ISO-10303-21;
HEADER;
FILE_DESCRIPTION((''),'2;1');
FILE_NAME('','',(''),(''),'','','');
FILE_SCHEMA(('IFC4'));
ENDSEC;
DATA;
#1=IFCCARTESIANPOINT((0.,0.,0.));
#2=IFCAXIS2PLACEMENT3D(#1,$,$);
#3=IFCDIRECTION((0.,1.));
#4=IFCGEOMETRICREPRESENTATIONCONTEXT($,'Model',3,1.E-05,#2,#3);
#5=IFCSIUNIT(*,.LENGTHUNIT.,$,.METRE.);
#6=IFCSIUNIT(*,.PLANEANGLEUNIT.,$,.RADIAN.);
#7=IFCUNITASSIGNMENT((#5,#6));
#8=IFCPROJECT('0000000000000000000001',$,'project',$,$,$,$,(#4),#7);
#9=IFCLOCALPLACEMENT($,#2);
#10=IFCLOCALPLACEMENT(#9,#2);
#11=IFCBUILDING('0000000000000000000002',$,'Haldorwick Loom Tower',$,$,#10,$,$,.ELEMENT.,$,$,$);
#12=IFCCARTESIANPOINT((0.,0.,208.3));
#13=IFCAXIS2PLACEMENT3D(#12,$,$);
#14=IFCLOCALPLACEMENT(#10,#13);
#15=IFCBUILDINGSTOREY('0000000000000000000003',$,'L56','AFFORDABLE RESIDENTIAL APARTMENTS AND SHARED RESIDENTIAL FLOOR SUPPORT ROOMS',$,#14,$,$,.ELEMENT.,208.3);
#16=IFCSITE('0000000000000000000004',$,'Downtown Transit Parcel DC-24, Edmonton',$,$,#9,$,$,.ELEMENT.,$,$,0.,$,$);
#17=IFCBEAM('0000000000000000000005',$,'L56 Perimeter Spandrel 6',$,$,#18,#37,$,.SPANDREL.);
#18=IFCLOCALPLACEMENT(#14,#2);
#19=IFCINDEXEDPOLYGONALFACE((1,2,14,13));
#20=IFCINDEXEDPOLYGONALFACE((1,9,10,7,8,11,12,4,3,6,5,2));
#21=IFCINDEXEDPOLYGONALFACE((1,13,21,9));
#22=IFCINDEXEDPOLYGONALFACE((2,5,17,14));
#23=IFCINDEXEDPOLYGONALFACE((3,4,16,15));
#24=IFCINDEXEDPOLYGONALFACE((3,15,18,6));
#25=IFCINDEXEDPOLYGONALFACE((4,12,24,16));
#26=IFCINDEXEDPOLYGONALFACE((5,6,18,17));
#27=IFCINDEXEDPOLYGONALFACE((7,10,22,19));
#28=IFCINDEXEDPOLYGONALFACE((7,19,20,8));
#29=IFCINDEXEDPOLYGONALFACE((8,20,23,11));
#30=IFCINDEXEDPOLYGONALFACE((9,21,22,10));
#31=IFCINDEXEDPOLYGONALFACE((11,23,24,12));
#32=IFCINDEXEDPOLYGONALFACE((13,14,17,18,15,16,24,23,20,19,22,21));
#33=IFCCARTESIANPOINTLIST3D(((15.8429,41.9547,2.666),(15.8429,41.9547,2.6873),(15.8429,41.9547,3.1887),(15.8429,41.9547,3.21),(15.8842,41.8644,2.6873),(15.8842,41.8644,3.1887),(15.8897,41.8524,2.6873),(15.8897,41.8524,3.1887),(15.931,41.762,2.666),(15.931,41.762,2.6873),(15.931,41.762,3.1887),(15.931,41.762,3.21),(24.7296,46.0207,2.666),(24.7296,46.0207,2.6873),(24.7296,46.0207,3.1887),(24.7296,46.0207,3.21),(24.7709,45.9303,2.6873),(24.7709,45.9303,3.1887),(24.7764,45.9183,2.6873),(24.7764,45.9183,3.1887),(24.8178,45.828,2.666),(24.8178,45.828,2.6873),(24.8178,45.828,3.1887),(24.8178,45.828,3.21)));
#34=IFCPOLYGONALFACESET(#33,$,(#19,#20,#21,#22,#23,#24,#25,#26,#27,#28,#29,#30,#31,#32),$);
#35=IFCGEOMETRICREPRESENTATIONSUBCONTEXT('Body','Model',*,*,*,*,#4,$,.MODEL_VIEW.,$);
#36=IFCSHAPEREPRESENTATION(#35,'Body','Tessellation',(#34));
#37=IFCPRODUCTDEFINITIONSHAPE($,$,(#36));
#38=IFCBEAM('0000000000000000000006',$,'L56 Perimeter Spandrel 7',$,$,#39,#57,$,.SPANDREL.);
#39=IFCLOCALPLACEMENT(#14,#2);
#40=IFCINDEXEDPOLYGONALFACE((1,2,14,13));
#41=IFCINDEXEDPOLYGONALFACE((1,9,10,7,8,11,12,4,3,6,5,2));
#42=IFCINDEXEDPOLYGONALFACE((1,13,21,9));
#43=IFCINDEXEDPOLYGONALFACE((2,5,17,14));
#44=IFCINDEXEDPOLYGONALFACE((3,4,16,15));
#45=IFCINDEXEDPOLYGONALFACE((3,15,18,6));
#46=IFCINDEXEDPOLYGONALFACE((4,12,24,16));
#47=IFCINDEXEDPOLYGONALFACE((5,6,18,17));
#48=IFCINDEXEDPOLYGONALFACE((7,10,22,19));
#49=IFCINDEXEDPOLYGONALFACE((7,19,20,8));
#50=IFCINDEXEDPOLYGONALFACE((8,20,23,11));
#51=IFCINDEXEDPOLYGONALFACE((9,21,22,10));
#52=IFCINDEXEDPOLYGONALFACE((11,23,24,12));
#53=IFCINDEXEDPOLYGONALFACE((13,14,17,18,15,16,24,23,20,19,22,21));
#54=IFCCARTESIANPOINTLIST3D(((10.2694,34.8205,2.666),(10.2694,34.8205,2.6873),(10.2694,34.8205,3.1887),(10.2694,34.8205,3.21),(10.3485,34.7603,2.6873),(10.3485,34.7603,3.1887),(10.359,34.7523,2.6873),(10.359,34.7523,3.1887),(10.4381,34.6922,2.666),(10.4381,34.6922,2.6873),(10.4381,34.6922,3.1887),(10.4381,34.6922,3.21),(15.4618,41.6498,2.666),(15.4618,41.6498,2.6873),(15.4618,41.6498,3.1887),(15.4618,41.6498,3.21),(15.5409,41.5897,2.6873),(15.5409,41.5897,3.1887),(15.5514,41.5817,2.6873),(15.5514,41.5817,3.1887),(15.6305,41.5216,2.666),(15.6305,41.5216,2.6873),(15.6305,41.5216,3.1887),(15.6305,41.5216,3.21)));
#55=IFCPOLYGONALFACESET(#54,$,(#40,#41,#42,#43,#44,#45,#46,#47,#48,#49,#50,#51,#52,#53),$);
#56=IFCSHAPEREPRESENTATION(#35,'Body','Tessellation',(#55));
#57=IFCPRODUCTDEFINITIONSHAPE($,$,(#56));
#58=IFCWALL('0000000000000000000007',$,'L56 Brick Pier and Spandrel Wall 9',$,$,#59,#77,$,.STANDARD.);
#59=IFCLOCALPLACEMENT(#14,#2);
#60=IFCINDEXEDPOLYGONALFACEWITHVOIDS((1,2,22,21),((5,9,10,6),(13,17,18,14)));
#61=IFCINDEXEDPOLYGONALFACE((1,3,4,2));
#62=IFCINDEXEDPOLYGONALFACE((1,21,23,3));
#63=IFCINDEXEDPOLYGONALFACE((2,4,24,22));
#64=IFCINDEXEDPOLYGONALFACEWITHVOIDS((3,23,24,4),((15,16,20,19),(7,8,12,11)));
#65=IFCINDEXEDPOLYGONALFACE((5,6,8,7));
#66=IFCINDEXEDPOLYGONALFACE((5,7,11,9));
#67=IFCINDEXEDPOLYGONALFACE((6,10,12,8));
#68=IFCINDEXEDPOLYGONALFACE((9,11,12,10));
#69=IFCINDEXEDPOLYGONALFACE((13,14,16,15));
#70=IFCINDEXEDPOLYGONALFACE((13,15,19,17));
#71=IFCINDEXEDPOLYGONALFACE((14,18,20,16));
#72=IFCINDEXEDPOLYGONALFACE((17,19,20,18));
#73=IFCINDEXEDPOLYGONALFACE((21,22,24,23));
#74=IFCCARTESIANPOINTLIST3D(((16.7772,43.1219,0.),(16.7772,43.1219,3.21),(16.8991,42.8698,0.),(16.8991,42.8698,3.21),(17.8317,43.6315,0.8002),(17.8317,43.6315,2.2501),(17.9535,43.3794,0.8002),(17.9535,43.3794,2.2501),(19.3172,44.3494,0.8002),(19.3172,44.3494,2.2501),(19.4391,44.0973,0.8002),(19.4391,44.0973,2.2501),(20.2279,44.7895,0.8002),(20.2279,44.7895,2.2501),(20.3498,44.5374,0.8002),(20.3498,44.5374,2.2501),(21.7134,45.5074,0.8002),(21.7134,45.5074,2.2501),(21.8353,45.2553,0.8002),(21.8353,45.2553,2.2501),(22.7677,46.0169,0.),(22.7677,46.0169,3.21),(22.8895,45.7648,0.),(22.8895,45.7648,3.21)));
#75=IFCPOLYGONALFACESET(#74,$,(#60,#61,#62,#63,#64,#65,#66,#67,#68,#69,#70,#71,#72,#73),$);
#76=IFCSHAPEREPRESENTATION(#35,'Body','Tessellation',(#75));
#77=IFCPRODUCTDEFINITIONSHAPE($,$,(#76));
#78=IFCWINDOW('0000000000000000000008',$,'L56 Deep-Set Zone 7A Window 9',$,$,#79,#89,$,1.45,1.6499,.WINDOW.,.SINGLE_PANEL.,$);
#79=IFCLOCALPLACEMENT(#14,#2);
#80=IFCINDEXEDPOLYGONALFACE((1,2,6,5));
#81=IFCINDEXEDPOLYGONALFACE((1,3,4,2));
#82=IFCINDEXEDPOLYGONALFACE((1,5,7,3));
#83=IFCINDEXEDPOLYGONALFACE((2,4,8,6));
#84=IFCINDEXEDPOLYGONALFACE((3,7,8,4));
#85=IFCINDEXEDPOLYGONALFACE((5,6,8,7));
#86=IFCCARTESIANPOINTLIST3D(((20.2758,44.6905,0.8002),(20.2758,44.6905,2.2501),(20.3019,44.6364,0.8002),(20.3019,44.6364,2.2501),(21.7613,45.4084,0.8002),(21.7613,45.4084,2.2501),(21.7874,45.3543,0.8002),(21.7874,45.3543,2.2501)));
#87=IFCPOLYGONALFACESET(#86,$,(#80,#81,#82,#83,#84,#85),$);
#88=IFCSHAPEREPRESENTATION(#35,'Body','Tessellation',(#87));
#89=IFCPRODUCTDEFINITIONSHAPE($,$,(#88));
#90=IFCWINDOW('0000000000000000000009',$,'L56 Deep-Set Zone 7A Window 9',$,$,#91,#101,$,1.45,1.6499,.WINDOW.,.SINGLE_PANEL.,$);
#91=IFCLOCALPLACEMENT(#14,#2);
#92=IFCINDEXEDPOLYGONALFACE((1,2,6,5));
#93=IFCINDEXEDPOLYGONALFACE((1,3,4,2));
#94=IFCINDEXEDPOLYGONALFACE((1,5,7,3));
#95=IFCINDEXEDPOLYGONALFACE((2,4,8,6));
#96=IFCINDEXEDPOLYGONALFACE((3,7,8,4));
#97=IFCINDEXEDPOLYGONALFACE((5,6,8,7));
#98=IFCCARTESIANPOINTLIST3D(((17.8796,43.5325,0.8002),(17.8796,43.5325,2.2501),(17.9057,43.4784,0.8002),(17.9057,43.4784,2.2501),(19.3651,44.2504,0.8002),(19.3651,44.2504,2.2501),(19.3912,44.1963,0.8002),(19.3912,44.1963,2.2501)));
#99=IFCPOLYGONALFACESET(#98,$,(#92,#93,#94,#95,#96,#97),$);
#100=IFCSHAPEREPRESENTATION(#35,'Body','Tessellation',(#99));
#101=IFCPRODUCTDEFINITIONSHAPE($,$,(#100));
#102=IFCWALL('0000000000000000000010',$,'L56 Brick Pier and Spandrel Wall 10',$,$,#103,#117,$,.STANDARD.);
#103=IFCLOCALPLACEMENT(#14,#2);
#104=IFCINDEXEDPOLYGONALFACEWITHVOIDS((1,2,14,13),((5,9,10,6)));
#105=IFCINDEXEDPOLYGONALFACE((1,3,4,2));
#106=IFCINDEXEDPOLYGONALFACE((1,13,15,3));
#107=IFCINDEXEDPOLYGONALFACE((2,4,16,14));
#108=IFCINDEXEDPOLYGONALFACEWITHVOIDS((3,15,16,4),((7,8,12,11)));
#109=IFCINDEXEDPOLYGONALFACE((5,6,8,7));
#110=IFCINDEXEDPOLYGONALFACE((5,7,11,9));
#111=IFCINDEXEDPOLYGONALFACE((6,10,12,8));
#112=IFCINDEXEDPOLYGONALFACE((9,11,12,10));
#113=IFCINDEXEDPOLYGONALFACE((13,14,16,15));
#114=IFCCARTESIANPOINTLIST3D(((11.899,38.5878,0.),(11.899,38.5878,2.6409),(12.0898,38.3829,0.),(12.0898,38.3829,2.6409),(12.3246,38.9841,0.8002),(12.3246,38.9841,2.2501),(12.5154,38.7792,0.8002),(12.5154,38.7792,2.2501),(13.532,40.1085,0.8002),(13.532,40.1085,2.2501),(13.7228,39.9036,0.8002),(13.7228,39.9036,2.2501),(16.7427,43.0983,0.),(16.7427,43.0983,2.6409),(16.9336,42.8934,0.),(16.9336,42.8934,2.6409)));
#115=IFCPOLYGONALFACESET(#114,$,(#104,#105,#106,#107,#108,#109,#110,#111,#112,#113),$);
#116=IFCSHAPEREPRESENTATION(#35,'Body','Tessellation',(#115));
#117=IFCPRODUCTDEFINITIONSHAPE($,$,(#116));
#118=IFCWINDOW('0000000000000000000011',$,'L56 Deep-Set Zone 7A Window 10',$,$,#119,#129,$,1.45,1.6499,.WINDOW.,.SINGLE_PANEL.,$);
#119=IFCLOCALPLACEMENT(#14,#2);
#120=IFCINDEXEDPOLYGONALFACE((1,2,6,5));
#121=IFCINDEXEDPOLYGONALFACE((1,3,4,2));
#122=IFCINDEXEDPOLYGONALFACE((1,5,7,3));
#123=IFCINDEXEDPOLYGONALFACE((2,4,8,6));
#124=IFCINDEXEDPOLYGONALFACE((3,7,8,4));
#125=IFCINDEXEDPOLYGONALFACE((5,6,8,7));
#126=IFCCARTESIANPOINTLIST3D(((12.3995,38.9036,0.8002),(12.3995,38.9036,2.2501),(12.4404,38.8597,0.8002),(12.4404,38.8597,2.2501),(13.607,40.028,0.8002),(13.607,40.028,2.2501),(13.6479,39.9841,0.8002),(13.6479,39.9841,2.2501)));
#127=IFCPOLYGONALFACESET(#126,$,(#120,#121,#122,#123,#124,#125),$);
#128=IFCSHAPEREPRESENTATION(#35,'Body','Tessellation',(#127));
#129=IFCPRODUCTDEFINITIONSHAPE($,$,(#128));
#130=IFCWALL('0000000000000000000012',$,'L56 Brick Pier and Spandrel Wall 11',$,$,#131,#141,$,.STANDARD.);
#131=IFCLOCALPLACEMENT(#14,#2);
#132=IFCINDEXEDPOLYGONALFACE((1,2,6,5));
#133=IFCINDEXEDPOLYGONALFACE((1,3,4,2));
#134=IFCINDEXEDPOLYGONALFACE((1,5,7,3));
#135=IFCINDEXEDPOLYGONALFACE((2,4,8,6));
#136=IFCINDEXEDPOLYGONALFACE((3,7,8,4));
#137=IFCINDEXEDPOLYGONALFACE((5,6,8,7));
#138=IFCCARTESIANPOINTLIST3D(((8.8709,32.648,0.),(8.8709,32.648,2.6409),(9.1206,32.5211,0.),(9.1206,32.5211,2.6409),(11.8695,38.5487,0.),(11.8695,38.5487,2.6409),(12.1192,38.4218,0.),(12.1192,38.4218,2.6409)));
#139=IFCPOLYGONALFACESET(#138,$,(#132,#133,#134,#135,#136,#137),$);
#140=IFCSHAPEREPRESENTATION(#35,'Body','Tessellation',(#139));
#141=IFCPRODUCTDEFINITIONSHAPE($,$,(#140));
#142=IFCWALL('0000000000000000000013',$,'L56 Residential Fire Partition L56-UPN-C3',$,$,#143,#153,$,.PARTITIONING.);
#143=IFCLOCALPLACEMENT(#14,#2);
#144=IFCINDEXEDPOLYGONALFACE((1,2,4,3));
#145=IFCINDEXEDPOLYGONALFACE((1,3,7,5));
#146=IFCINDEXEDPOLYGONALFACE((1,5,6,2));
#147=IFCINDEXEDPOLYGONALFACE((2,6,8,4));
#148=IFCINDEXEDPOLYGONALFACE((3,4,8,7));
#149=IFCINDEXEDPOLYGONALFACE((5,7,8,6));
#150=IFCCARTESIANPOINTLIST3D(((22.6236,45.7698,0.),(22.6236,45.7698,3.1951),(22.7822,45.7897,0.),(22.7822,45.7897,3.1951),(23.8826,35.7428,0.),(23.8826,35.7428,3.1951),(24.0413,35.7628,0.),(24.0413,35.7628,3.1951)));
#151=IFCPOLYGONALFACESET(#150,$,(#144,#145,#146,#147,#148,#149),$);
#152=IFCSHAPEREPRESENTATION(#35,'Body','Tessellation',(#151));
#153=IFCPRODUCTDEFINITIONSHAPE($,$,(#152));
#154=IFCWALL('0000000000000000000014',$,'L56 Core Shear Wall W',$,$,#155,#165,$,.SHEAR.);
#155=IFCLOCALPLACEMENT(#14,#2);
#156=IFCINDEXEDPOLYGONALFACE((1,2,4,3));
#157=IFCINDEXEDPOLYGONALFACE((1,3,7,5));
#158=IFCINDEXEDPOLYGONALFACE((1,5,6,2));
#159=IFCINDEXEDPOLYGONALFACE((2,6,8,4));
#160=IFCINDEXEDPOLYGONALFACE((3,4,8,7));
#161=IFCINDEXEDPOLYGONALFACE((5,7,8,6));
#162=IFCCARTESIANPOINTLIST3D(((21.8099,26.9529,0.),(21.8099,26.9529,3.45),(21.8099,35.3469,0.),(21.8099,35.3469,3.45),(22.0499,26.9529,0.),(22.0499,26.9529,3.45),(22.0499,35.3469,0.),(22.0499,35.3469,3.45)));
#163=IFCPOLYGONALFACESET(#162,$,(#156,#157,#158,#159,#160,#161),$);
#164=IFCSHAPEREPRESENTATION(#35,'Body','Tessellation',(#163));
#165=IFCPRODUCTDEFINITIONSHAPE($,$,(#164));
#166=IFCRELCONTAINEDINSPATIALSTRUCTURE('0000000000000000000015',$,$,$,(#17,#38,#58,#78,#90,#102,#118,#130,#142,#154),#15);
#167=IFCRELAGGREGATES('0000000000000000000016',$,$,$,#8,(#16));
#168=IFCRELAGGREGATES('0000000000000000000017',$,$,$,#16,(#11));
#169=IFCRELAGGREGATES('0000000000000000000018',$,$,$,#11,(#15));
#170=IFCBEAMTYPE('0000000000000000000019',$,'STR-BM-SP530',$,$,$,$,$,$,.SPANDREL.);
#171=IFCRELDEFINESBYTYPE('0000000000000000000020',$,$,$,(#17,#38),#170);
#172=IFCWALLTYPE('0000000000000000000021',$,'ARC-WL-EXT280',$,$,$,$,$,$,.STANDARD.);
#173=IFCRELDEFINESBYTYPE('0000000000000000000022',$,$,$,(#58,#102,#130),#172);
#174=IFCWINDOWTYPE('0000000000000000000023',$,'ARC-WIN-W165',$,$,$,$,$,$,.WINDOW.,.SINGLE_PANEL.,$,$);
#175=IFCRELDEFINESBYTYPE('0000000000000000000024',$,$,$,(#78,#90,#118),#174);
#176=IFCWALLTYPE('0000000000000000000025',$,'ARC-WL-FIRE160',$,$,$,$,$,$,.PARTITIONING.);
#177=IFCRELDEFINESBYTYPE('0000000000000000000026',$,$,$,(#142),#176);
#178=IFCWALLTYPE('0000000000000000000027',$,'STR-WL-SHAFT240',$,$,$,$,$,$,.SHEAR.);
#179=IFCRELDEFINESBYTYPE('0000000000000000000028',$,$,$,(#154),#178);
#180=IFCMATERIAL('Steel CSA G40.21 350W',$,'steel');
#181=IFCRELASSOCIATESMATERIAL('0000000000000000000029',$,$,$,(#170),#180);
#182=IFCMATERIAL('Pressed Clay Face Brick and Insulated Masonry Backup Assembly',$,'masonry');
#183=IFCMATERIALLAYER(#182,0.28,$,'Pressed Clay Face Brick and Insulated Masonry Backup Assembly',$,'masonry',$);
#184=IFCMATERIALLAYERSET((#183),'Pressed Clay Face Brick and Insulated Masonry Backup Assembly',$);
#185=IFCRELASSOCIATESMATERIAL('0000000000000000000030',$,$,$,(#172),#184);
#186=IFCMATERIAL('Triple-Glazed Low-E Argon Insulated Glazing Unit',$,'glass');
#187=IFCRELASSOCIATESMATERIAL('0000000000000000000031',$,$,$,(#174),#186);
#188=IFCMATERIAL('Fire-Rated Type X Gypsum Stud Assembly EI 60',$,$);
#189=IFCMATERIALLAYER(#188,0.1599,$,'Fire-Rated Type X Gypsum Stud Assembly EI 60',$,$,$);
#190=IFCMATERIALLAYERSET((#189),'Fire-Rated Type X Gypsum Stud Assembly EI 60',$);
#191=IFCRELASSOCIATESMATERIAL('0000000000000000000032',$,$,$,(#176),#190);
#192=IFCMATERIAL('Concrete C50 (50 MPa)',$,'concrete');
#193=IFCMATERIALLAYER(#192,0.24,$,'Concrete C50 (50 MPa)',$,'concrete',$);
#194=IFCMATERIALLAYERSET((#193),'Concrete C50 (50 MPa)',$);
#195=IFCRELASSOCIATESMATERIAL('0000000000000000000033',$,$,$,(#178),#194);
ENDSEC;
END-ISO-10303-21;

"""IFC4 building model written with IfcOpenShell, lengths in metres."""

from ifc_helpers import new_model, si_unit, direction, frame, frame_2d, origin, origin_2d, place, context, subcontext, project, spatial, rectangle, i_section, extrude, material, layer, layer_set, material_profile, profile_set, type_object, element, fill, save


model = new_model("IFC4")

# Units and contexts
model_context = context("Model", 3, precision=1e-05, world=origin(), true_north=direction((0.0, 1.0)))
body_context = subcontext(model_context, "Body", "Model", "MODEL_VIEW")
ifc_project = project(units=[si_unit("LENGTHUNIT", "METRE"), si_unit("PLANEANGLEUNIT", "RADIAN")], contexts=[model_context])

# Site, building, storey
site_placement = place(None, origin())
site = spatial("IfcSite", under=ifc_project, at=site_placement, Name="Downtown Transit Parcel DC-24, Edmonton", CompositionType="ELEMENT", RefElevation=0.0)
building_placement = place(site_placement, origin())
building = spatial("IfcBuilding", under=site, at=building_placement, Name="Haldorwick Loom Tower", CompositionType="ELEMENT")
storey_placement = place(building_placement, frame((0.0, 0.0, 208.3)))
storey = spatial("IfcBuildingStorey", under=building, at=storey_placement, Name="L56", Description="AFFORDABLE RESIDENTIAL APARTMENTS AND SHARED RESIDENTIAL FLOOR SUPPORT ROOMS", CompositionType="ELEMENT", Elevation=208.3)

# Shared definitions
ifc_material_1 = material(Name="Steel CSA G40.21 350W", Category="steel")

# Beams
ifc_material_2 = material(Name="Concrete C50 (50 MPa)", Category="concrete")
ifc_material_profile_1 = material_profile(ifc_material_1, i_section(OverallWidth=0.2119, OverallDepth=0.5439, WebThickness=0.0132, FlangeThickness=0.0212, at=origin_2d()), Name="W530X123", Category="steel")
ifc_profile_set_1 = profile_set([ifc_material_profile_1], Name="Steel CSA G40.21 350W")
beam_type_1 = type_object("IfcBeamType", Name="STR-BM-SP530", PredefinedType="SPANDREL", material=ifc_profile_set_1)
beam_1_placement = place(storey_placement, frame((24.7737, 45.9243, 2.938), z_axis=(-0.909342, -0.416049, 0.0), x_axis=(0.416049, -0.909342, 0.0)))
element("IfcBeam", 1, at=beam_1_placement, inside=storey, type_object=beam_type_1, Name="L56 Perimeter Spandrel 6", PredefinedType="SPANDREL", context=body_context, shape_type="SweptSolid", body=[
    extrude(i_section(OverallWidth=0.2119, OverallDepth=0.5439, WebThickness=0.0132, FlangeThickness=0.0212, at=origin_2d()), origin(), (0.0, 0.0, 1.0), 9.7727),
])
beam_2_placement = place(storey_placement, frame((15.5461, 41.5857, 2.938), z_axis=(-0.605237, -0.796045, 0.0), x_axis=(0.796045, -0.605237, 0.0)))
element("IfcBeam", 2, at=beam_2_placement, inside=storey, type_object=beam_type_1, Name="L56 Perimeter Spandrel 7", PredefinedType="SPANDREL", context=body_context, shape_type="SweptSolid", body=[
    extrude(i_section(OverallWidth=0.2119, OverallDepth=0.5439, WebThickness=0.0132, FlangeThickness=0.0212, at=origin_2d()), origin(), (0.0, 0.0, 1.0), 8.5791),
])

# Wall, openings, windows
ifc_material_3 = material(Name="Pressed Clay Face Brick and Insulated Masonry Backup Assembly", Category="masonry")
ifc_layer_1 = layer(ifc_material_3, 0.28, Name="Pressed Clay Face Brick and Insulated Masonry Backup Assembly", Category="masonry")
ifc_layer_set_1 = layer_set([ifc_layer_1], Name="Pressed Clay Face Brick and Insulated Masonry Backup Assembly")
wall_type_1 = type_object("IfcWallType", Name="ARC-WL-EXT280", PredefinedType="STANDARD", material=ifc_layer_set_1)
wall_1_placement = place(storey_placement, frame((22.8286, 45.8909, 0.0), z_axis=(0.0, 0.0, 1.0), x_axis=(-0.900371, -0.435123, 0.0)))
wall_1 = element("IfcWall", 3, at=wall_1_placement, inside=storey, type_object=wall_type_1, Name="L56 Brick Pier and Spandrel Wall 9", PredefinedType="STANDARD", context=body_context, shape_type="SweptSolid", body=[
    extrude(rectangle(XDim=6.6533, YDim=0.28, at=frame_2d((3.3267, 0.0))), origin(), (0.0, 0.0, 1.0), 3.21),
])
opening_1_placement = place(wall_1_placement, frame((1.1709, 0.0, 0.8)))
opening_1 = element("IfcOpeningElement", 4, at=opening_1_placement, cuts=wall_1, PredefinedType="OPENING", context=body_context, shape_type="SweptSolid", body=[
    extrude(rectangle(XDim=1.6499, YDim=1.45, at=frame_2d((0.825, 0.7251))), frame((0.0, 0.1499, 0.0), z_axis=(0.0, -1.0, 0.0), x_axis=(1.0, 0.0, 0.0)), (0.0, 0.0, 1.0), 0.3),
])
opening_2_placement = place(wall_1_placement, frame((3.8323, 0.0, 0.8)))
opening_2 = element("IfcOpeningElement", 5, at=opening_2_placement, cuts=wall_1, PredefinedType="OPENING", context=body_context, shape_type="SweptSolid", body=[
    extrude(rectangle(XDim=1.6499, YDim=1.45, at=frame_2d((0.825, 0.7251))), frame((0.0, 0.1499, 0.0), z_axis=(0.0, -1.0, 0.0), x_axis=(1.0, 0.0, 0.0)), (0.0, 0.0, 1.0), 0.3),
])
ifc_material_4 = material(Name="Triple-Glazed Low-E Argon Insulated Glazing Unit", Category="glass")
window_type = type_object("IfcWindowType", Name="ARC-WIN-W165", PartitioningType="SINGLE_PANEL", PredefinedType="WINDOW", material=ifc_material_4)
window_1_placement = place(opening_1_placement, origin())
window_1 = element("IfcWindow", 6, at=window_1_placement, inside=storey, type_object=window_type, Name="L56 Deep-Set Zone 7A Window 9", OverallHeight=1.45, OverallWidth=1.6499, PartitioningType="SINGLE_PANEL", PredefinedType="WINDOW", context=body_context, shape_type="SweptSolid", body=[
    extrude(rectangle(XDim=1.6499, YDim=1.45, at=frame_2d((0.825, 0.7251))), frame((0.0, 0.03, 0.0), z_axis=(0.0, -1.0, 0.0), x_axis=(1.0, 0.0, 0.0)), (0.0, 0.0, 1.0), 0.0601),
])
fill(opening_1, window_1)
window_2_placement = place(opening_2_placement, origin())
window_2 = element("IfcWindow", 7, at=window_2_placement, inside=storey, type_object=window_type, Name="L56 Deep-Set Zone 7A Window 9", OverallHeight=1.45, OverallWidth=1.6499, PartitioningType="SINGLE_PANEL", PredefinedType="WINDOW", context=body_context, shape_type="SweptSolid", body=[
    extrude(rectangle(XDim=1.6499, YDim=1.45, at=frame_2d((0.825, 0.7251))), frame((0.0, 0.03, 0.0), z_axis=(0.0, -1.0, 0.0), x_axis=(1.0, 0.0, 0.0)), (0.0, 0.0, 1.0), 0.0601),
])
fill(opening_2, window_2)

# Wall, opening, window
wall_2_placement = place(storey_placement, frame((16.8381, 42.9958, 0.0), z_axis=(0.0, 0.0, 1.0), x_axis=(-0.731834, -0.681483, 0.0)))
wall_2 = element("IfcWall", 8, at=wall_2_placement, inside=storey, type_object=wall_type_1, Name="L56 Brick Pier and Spandrel Wall 10", PredefinedType="STANDARD", context=body_context, shape_type="SweptSolid", body=[
    extrude(rectangle(XDim=6.6187, YDim=0.28, at=frame_2d((3.3093, 0.0))), origin(), (0.0, 0.0, 1.0), 2.6409),
])
opening_3_placement = place(wall_2_placement, frame((4.3872, 0.0, 0.8)))
opening_3 = element("IfcOpeningElement", 9, at=opening_3_placement, cuts=wall_2, PredefinedType="OPENING", context=body_context, shape_type="SweptSolid", body=[
    extrude(rectangle(XDim=1.6499, YDim=1.45, at=frame_2d((0.825, 0.7251))), frame((0.0, 0.1499, 0.0), z_axis=(0.0, -1.0, 0.0), x_axis=(1.0, 0.0, 0.0)), (0.0, 0.0, 1.0), 0.3),
])
window_3_placement = place(opening_3_placement, origin())
window_3 = element("IfcWindow", 10, at=window_3_placement, inside=storey, type_object=window_type, Name="L56 Deep-Set Zone 7A Window 10", OverallHeight=1.45, OverallWidth=1.6499, PartitioningType="SINGLE_PANEL", PredefinedType="WINDOW", context=body_context, shape_type="SweptSolid", body=[
    extrude(rectangle(XDim=1.6499, YDim=1.45, at=frame_2d((0.825, 0.7251))), frame((0.0, 0.03, 0.0), z_axis=(0.0, -1.0, 0.0), x_axis=(1.0, 0.0, 0.0)), (0.0, 0.0, 1.0), 0.0601),
])
fill(opening_3, window_3)

# Walls
wall_3_placement = place(storey_placement, frame((11.9944, 38.4854, 0.0), z_axis=(0.0, 0.0, 1.0), x_axis=(-0.453032, -0.891494, 0.0)))
element("IfcWall", 11, at=wall_3_placement, inside=storey, type_object=wall_type_1, Name="L56 Brick Pier and Spandrel Wall 11", PredefinedType="STANDARD", context=body_context, shape_type="SweptSolid", body=[
    extrude(rectangle(XDim=6.6189, YDim=0.28, at=frame_2d((3.3096, 0.0))), origin(), (0.0, 0.0, 1.0), 2.6409),
])
ifc_material_5 = material(Name="Fire-Rated Type X Gypsum Stud Assembly EI 60")
ifc_layer_2 = layer(ifc_material_5, 0.1599, Name="Fire-Rated Type X Gypsum Stud Assembly EI 60")
ifc_layer_set_2 = layer_set([ifc_layer_2], Name="Fire-Rated Type X Gypsum Stud Assembly EI 60")
wall_type_2 = type_object("IfcWallType", Name="ARC-WL-FIRE160", PredefinedType="PARTITIONING", material=ifc_layer_set_2)
wall_4_placement = place(storey_placement, frame((23.9619, 35.7529, 0.0), z_axis=(0.0, 0.0, 1.0), x_axis=(-0.124585, 0.992209, 0.0)))
element("IfcWall", 12, at=wall_4_placement, inside=storey, type_object=wall_type_2, Name="L56 Residential Fire Partition L56-UPN-C3", PredefinedType="PARTITIONING", context=body_context, shape_type="SweptSolid", body=[
    extrude(rectangle(XDim=10.1057, YDim=0.1599, at=frame_2d((5.0527, 0.0))), origin(), (0.0, 0.0, 1.0), 3.1951),
])
ifc_layer_3 = layer(ifc_material_2, 0.24, Name="Concrete C50 (50 MPa)", Category="concrete")
ifc_layer_set_3 = layer_set([ifc_layer_3], Name="Concrete C50 (50 MPa)")
wall_type_3 = type_object("IfcWallType", Name="STR-WL-SHAFT240", PredefinedType="SHEAR", material=ifc_layer_set_3)
wall_5_placement = place(storey_placement, frame((21.9299, 35.3469, 0.0), z_axis=(0.0, 0.0, 1.0), x_axis=(0.0, -1.0, 0.0)))
element("IfcWall", 13, at=wall_5_placement, inside=storey, type_object=wall_type_3, Name="L56 Core Shear Wall W", PredefinedType="SHEAR", context=body_context, shape_type="SweptSolid", body=[
    extrude(rectangle(XDim=8.394, YDim=0.24, at=frame_2d((4.197, 0.0))), origin(), (0.0, 0.0, 1.0), 3.45),
])

save(model, "model.ifc")
